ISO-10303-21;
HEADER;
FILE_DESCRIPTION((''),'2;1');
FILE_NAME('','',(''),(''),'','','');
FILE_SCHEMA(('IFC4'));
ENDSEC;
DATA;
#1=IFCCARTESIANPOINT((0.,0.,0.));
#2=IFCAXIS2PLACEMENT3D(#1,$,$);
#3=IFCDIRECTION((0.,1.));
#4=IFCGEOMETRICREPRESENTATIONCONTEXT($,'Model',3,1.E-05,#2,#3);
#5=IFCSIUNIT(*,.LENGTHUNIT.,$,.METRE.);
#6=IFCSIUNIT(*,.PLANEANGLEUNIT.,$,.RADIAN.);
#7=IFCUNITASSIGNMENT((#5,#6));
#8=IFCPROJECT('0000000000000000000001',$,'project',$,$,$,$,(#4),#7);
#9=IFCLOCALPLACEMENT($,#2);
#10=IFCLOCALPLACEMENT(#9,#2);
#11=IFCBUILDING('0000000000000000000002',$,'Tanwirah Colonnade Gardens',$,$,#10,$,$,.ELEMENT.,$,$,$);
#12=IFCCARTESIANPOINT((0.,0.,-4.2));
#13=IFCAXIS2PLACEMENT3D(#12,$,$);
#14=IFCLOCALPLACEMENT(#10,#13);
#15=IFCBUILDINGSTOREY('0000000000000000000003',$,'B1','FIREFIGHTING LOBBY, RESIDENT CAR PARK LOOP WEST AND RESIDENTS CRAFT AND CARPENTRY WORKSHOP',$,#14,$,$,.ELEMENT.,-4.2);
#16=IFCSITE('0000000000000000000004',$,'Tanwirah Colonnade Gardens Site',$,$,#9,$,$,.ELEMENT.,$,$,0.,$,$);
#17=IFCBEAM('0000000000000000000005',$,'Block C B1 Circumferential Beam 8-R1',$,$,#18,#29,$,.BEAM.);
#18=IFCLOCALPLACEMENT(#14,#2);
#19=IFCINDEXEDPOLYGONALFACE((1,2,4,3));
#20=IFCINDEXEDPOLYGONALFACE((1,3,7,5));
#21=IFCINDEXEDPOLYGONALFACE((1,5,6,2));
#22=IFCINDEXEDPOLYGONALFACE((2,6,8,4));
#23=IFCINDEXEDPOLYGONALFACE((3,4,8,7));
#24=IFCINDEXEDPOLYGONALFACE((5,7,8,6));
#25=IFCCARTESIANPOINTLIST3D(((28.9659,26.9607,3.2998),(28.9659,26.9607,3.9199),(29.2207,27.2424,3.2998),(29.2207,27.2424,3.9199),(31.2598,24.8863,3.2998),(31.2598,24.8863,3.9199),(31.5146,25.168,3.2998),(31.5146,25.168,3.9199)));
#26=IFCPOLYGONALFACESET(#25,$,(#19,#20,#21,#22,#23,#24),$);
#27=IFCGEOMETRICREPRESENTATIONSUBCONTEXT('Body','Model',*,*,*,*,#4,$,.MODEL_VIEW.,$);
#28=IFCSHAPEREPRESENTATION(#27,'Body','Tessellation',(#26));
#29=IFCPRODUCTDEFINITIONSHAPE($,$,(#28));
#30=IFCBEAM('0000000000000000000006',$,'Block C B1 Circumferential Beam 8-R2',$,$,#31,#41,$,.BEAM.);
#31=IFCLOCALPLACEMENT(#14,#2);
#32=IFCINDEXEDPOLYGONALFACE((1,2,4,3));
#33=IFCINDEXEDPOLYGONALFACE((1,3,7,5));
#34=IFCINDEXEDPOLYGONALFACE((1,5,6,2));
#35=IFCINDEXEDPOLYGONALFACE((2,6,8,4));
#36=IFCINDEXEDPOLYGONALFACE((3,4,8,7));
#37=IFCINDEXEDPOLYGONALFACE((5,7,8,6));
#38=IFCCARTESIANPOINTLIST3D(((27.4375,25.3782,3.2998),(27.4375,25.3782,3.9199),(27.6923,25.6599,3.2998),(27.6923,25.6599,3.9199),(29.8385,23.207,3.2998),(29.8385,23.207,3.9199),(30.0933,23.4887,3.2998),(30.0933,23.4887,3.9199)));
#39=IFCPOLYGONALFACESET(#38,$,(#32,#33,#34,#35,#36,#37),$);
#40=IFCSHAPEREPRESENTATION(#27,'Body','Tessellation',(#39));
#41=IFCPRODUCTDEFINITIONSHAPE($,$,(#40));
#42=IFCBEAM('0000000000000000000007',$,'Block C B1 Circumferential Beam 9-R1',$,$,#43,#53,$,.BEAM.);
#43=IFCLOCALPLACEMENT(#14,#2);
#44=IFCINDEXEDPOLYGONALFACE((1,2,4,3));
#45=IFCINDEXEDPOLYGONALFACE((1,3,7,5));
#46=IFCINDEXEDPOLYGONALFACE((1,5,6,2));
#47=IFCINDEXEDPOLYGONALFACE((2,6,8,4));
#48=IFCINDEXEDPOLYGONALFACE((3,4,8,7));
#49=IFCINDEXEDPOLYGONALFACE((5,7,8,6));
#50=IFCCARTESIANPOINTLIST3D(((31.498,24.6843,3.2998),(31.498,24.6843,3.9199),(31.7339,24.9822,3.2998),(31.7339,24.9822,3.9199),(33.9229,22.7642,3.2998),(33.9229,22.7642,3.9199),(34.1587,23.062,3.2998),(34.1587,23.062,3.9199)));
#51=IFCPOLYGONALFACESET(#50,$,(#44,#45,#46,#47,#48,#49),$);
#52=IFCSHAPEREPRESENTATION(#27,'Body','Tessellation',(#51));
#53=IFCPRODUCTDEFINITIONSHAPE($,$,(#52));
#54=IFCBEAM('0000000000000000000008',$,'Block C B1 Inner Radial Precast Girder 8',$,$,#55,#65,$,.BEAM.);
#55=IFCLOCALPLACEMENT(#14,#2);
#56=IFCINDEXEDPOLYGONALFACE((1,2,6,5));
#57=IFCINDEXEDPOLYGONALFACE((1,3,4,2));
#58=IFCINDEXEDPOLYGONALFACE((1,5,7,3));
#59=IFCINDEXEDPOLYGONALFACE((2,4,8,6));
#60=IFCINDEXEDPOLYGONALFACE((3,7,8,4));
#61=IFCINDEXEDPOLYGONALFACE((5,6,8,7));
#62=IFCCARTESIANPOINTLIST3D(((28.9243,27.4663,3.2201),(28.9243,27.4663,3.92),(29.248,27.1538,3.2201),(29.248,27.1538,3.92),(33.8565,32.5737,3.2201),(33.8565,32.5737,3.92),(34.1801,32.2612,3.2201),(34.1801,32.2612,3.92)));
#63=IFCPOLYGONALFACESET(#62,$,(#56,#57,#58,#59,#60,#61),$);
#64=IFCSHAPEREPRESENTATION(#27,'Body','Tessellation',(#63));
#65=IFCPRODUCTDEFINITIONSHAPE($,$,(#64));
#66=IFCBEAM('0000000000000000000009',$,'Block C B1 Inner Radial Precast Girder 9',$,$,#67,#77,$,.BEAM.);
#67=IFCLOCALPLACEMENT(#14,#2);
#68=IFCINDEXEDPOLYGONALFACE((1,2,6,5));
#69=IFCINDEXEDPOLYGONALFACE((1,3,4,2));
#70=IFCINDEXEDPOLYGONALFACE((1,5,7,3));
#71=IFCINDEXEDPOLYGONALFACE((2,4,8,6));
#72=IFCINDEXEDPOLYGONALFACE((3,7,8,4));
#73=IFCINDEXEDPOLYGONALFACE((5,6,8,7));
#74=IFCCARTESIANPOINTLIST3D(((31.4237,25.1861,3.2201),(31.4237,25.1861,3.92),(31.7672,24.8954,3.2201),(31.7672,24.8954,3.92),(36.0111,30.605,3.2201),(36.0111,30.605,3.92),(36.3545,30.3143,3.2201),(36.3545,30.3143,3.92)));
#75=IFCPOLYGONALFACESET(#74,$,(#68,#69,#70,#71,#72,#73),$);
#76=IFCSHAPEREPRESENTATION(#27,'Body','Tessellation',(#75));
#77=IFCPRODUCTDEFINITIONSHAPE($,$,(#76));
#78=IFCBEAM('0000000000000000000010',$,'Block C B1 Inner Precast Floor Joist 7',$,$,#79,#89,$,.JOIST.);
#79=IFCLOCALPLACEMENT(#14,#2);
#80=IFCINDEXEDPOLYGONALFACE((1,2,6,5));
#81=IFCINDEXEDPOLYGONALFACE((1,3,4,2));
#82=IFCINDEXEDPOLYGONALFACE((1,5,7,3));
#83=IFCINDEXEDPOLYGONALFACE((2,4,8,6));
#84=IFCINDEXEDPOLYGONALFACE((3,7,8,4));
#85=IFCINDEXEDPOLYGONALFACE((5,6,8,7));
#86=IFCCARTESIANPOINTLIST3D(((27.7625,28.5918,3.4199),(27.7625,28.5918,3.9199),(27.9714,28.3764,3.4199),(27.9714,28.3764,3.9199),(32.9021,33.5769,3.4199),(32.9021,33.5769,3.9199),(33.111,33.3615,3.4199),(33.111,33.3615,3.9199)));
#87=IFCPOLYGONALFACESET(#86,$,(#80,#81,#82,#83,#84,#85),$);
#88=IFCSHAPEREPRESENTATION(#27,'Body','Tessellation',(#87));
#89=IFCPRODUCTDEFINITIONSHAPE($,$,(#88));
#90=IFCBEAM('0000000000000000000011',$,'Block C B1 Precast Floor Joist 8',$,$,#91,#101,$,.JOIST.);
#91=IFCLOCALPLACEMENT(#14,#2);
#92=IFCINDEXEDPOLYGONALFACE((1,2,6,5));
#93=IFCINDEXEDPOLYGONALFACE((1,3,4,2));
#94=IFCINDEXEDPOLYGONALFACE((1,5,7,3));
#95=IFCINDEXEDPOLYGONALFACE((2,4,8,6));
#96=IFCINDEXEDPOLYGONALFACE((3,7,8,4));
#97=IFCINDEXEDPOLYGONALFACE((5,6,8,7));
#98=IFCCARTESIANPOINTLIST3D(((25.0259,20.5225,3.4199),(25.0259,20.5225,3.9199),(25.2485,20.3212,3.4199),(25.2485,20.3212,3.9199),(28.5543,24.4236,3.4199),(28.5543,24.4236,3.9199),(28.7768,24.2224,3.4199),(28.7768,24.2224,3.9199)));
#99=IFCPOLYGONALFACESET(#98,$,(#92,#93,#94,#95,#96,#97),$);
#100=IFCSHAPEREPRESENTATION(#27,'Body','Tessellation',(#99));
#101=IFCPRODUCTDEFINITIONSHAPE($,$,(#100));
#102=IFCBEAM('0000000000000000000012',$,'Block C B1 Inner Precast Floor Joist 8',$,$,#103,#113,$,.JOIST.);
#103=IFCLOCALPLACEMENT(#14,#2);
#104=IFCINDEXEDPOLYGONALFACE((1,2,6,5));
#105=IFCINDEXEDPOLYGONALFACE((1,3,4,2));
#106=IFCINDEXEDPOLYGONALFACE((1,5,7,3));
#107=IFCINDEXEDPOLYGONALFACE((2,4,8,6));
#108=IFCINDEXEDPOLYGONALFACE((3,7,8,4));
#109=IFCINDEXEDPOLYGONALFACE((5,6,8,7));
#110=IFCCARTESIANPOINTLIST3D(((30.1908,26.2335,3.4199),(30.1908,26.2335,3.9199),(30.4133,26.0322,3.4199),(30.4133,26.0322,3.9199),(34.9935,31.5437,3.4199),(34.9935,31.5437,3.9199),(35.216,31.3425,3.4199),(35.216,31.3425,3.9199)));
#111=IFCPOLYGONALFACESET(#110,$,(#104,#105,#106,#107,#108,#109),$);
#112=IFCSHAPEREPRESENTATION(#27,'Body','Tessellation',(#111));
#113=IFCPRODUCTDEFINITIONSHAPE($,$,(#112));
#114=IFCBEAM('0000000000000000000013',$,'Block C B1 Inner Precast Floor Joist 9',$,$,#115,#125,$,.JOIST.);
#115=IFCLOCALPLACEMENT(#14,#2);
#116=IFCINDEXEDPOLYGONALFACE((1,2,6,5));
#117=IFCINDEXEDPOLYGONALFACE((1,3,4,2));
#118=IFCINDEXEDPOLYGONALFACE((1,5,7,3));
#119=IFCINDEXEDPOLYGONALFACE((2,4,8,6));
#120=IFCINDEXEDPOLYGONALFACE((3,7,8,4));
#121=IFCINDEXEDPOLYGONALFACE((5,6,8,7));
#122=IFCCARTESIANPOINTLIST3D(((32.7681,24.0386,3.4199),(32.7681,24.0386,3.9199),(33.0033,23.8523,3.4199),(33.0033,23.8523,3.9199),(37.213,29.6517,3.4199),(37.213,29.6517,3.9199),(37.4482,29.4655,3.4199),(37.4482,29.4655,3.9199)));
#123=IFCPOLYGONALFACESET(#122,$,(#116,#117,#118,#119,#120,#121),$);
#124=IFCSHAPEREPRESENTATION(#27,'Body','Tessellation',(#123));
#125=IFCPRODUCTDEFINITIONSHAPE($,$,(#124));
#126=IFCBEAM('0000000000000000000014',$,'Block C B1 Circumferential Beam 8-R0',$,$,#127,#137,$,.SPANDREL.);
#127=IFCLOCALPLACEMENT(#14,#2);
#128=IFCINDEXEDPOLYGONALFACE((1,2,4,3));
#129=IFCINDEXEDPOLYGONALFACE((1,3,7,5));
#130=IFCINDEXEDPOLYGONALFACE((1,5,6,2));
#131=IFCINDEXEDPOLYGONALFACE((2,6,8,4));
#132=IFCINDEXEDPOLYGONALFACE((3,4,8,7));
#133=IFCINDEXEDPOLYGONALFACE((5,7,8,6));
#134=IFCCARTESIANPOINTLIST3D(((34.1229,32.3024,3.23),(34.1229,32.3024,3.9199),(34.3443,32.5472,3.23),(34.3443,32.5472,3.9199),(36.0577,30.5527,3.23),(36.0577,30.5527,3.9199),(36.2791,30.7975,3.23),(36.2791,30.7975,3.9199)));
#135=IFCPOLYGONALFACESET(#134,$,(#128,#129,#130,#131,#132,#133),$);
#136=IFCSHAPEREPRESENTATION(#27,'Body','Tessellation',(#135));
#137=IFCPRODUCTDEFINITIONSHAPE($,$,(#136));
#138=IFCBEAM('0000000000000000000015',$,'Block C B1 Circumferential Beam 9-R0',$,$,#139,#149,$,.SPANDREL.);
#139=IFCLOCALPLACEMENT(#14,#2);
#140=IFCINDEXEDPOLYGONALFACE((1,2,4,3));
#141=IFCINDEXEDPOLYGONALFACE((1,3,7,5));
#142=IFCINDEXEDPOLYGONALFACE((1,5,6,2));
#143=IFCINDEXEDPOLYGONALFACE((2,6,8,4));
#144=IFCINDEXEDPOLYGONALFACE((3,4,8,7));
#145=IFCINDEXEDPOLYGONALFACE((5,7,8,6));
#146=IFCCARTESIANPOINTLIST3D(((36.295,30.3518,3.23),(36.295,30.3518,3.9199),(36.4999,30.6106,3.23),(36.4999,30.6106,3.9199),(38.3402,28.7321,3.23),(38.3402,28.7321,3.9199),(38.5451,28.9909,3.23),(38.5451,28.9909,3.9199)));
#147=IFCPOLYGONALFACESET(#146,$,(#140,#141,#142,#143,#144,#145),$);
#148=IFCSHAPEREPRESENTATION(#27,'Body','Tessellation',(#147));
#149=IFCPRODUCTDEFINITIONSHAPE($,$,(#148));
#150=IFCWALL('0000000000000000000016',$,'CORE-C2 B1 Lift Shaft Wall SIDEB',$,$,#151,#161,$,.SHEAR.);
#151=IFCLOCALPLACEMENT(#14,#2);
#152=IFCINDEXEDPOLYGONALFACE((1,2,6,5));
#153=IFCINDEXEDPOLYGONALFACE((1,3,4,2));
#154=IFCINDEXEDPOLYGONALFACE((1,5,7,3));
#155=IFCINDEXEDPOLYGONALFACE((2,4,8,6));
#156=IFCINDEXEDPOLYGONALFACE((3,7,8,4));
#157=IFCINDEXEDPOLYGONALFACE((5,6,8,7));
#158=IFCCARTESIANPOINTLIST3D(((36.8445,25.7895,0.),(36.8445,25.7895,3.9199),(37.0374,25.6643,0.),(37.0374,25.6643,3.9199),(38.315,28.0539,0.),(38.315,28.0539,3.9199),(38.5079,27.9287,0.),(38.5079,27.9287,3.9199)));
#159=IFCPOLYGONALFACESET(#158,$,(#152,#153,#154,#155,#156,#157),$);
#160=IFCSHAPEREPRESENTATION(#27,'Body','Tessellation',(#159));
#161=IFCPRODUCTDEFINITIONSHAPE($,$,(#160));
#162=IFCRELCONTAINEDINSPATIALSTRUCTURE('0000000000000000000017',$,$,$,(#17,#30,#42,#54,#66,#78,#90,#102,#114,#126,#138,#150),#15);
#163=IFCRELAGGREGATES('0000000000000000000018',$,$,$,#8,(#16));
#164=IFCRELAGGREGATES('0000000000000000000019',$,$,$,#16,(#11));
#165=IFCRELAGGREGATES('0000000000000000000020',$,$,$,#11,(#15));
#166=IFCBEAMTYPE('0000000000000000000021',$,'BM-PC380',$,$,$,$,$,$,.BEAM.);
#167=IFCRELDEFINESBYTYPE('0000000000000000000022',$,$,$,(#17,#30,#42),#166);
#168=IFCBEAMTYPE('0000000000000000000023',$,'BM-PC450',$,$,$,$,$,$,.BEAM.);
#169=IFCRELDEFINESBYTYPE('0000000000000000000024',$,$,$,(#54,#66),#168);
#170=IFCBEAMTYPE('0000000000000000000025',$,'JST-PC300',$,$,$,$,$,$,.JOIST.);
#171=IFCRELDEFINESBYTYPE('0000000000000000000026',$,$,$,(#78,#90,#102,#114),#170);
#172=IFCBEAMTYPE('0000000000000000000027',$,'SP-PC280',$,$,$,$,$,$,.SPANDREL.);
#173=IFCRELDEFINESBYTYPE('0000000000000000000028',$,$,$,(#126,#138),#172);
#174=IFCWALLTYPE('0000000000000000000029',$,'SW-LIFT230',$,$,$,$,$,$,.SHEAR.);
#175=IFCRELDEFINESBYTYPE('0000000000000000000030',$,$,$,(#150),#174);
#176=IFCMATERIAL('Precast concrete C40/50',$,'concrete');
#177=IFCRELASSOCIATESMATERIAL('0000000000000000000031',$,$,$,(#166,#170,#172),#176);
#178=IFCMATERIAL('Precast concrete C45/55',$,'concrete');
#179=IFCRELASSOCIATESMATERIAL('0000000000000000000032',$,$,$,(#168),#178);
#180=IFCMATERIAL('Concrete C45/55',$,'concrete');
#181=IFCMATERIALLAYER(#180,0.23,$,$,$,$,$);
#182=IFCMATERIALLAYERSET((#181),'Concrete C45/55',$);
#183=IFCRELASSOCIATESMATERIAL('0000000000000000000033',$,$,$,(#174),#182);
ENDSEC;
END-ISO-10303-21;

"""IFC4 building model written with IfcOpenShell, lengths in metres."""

from ifc_helpers import new_model, si_unit, direction, frame, frame_2d, origin, origin_2d, place, context, subcontext, project, spatial, rectangle, extrude, material, layer, layer_set, material_profile, profile_set, type_object, element, save


model = new_model("IFC4")

# Units and contexts
model_context = context("Model", 3, precision=1e-05, world=origin(), true_north=direction((0.0, 1.0)))
body_context = subcontext(model_context, "Body", "Model", "MODEL_VIEW")
ifc_project = project(units=[si_unit("LENGTHUNIT", "METRE"), si_unit("PLANEANGLEUNIT", "RADIAN")], contexts=[model_context])

# Site, building, storey
site_placement = place(None, origin())
site = spatial("IfcSite", under=ifc_project, at=site_placement, Name="Tanwirah Colonnade Gardens Site", CompositionType="ELEMENT", RefElevation=0.0)
building_placement = place(site_placement, origin())
building = spatial("IfcBuilding", under=site, at=building_placement, Name="Tanwirah Colonnade Gardens", CompositionType="ELEMENT")
storey_placement = place(building_placement, frame((0.0, 0.0, -4.2)))
storey = spatial("IfcBuildingStorey", under=building, at=storey_placement, Name="B1", Description="FIREFIGHTING LOBBY, RESIDENT CAR PARK LOOP WEST AND RESIDENTS CRAFT AND CARPENTRY WORKSHOP", CompositionType="ELEMENT", Elevation=-4.2)

# Shared definitions
ifc_material_1 = material(Name="Concrete C45/55", Category="concrete")

# Beams
ifc_material_2 = material(Name="Precast concrete C40/50", Category="concrete")
ifc_material_profile_1 = material_profile(ifc_material_2, rectangle(XDim=0.3799, YDim=0.6201, at=origin_2d()), Name="PC-BM 380x620")
ifc_profile_set_1 = profile_set([ifc_material_profile_1], Name="Precast concrete C40/50")
beam_type_1 = type_object("IfcBeamType", Name="BM-PC380", PredefinedType="BEAM", material=ifc_profile_set_1)
beam_1_placement = place(storey_placement, frame((29.0933, 27.1016, 3.6099), z_axis=(0.741698, -0.670733, 0.0), x_axis=(0.670733, 0.741698, 0.0)))
element("IfcBeam", 1, at=beam_1_placement, inside=storey, type_object=beam_type_1, Name="Block C B1 Circumferential Beam 8-R1", PredefinedType="BEAM", context=body_context, shape_type="SweptSolid", body=[
    extrude(rectangle(XDim=0.3799, YDim=0.6201, at=origin_2d()), origin(), (0.0, 0.0, 1.0), 3.0928),
])
beam_2_placement = place(storey_placement, frame((27.5649, 25.519, 3.6099), z_axis=(0.741702, -0.67073, 0.0), x_axis=(0.67073, 0.741702, 0.0)))
element("IfcBeam", 2, at=beam_2_placement, inside=storey, type_object=beam_type_1, Name="Block C B1 Circumferential Beam 8-R2", PredefinedType="BEAM", context=body_context, shape_type="SweptSolid", body=[
    extrude(rectangle(XDim=0.3799, YDim=0.6201, at=origin_2d()), origin(), (0.0, 0.0, 1.0), 3.2371),
])
beam_3_placement = place(storey_placement, frame((31.616, 24.8333, 3.6099), z_axis=(0.783963, -0.620808, 0.0), x_axis=(0.620808, 0.783963, 0.0)))
element("IfcBeam", 3, at=beam_3_placement, inside=storey, type_object=beam_type_1, Name="Block C B1 Circumferential Beam 9-R1", PredefinedType="BEAM", context=body_context, shape_type="SweptSolid", body=[
    extrude(rectangle(XDim=0.3799, YDim=0.6201, at=origin_2d()), origin(), (0.0, 0.0, 1.0), 3.093),
])
ifc_material_3 = material(Name="Precast concrete C45/55", Category="concrete")
ifc_material_profile_2 = material_profile(ifc_material_3, rectangle(XDim=0.45, YDim=0.7, at=origin_2d()), Name="PC-BM 450x700")
ifc_profile_set_2 = profile_set([ifc_material_profile_2], Name="Precast concrete C45/55")
beam_type_2 = type_object("IfcBeamType", Name="BM-PC450", PredefinedType="BEAM", material=ifc_profile_set_2)
beam_4_placement = place(storey_placement, frame((29.0862, 27.3101, 3.5701), z_axis=(0.694655, 0.719343, 0.0), x_axis=(-0.719343, 0.694655, 0.0)))
element("IfcBeam", 4, at=beam_4_placement, inside=storey, type_object=beam_type_2, Name="Block C B1 Inner Radial Precast Girder 8", PredefinedType="BEAM", context=body_context, shape_type="SweptSolid", body=[
    extrude(rectangle(XDim=0.45, YDim=0.7, at=origin_2d()), origin(), (0.0, 0.0, 1.0), 7.1001),
])
beam_5_placement = place(storey_placement, frame((31.5955, 25.0408, 3.5701), z_axis=(0.646118, 0.763238, 0.0), x_axis=(-0.763238, 0.646118, 0.0)))
element("IfcBeam", 5, at=beam_5_placement, inside=storey, type_object=beam_type_2, Name="Block C B1 Inner Radial Precast Girder 9", PredefinedType="BEAM", context=body_context, shape_type="SweptSolid", body=[
    extrude(rectangle(XDim=0.45, YDim=0.7, at=origin_2d()), origin(), (0.0, 0.0, 1.0), 7.0999),
])
ifc_material_profile_3 = material_profile(ifc_material_2, rectangle(XDim=0.3, YDim=0.5, at=origin_2d()), Name="PC-JST 300x500")
ifc_profile_set_3 = profile_set([ifc_material_profile_3], Name="Precast concrete C40/50")
beam_type_3 = type_object("IfcBeamType", Name="JST-PC300", PredefinedType="JOIST", material=ifc_profile_set_3)
beam_6_placement = place(storey_placement, frame((33.0066, 33.4692, 3.6699), z_axis=(-0.717816, -0.696233, 0.0), x_axis=(0.696233, -0.717816, 0.0)))
element("IfcBeam", 6, at=beam_6_placement, inside=storey, type_object=beam_type_3, Name="Block C B1 Inner Precast Floor Joist 7", PredefinedType="JOIST", context=body_context, shape_type="SweptSolid", body=[
    extrude(rectangle(XDim=0.3, YDim=0.5, at=origin_2d()), origin(), (0.0, 0.0, 1.0), 7.1602),
])
beam_7_placement = place(storey_placement, frame((28.6655, 24.323, 3.6699), z_axis=(-0.670781, -0.741656, 0.0), x_axis=(0.741656, -0.670781, 0.0)))
element("IfcBeam", 7, at=beam_7_placement, inside=storey, type_object=beam_type_3, Name="Block C B1 Precast Floor Joist 8", PredefinedType="JOIST", context=body_context, shape_type="SweptSolid", body=[
    extrude(rectangle(XDim=0.3, YDim=0.5, at=origin_2d()), origin(), (0.0, 0.0, 1.0), 5.26),
])
for number, where, z_axis, x_axis, name in (
    (8, (35.1047, 31.4431, 3.6699), (-0.670773, -0.741663, 0.0), (0.741663, -0.670773, 0.0), "Block C B1 Inner Precast Floor Joist 8"),
    (9, (37.3306, 29.5586, 3.6699), (-0.620803, -0.783966, 0.0), (0.783966, -0.620803, 0.0), "Block C B1 Inner Precast Floor Joist 9"),
):
    element("IfcBeam", number, at=place(storey_placement, frame(where, z_axis=z_axis, x_axis=x_axis)), inside=storey, type_object=beam_type_3, Name=name, PredefinedType="JOIST", context=body_context, shape_type="SweptSolid", body=[
        extrude(rectangle(XDim=0.3, YDim=0.5, at=origin_2d()), origin(), (0.0, 0.0, 1.0), 7.1599),
    ])
ifc_material_profile_4 = material_profile(ifc_material_2, rectangle(XDim=0.3301, YDim=0.6899, at=origin_2d()), Name="PC-SP 330x690")
ifc_profile_set_4 = profile_set([ifc_material_profile_4], Name="Precast concrete C40/50")
beam_type_4 = type_object("IfcBeamType", Name="SP-PC280", PredefinedType="SPANDREL", material=ifc_profile_set_4)
beam_8_placement = place(storey_placement, frame((34.2336, 32.4248, 3.575), z_axis=(0.741687, -0.670747, 0.0), x_axis=(0.670747, 0.741687, 0.0)))
element("IfcBeam", 10, at=beam_8_placement, inside=storey, type_object=beam_type_4, Name="Block C B1 Circumferential Beam 8-R0", PredefinedType="SPANDREL", context=body_context, shape_type="SweptSolid", body=[
    extrude(rectangle(XDim=0.3301, YDim=0.6899, at=origin_2d()), origin(), (0.0, 0.0, 1.0), 2.6086),
])
beam_9_placement = place(storey_placement, frame((36.3975, 30.4812, 3.575), z_axis=(0.783945, -0.62083, 0.0), x_axis=(0.62083, 0.783945, 0.0)))
element("IfcBeam", 11, at=beam_9_placement, inside=storey, type_object=beam_type_4, Name="Block C B1 Circumferential Beam 9-R0", PredefinedType="SPANDREL", context=body_context, shape_type="SweptSolid", body=[
    extrude(rectangle(XDim=0.3301, YDim=0.6899, at=origin_2d()), origin(), (0.0, 0.0, 1.0), 2.6089),
])

# Wall
ifc_layer = layer(ifc_material_1, 0.23)
ifc_layer_set = layer_set([ifc_layer], Name="Concrete C45/55")
wall_type = type_object("IfcWallType", Name="SW-LIFT230", PredefinedType="SHEAR", material=ifc_layer_set)
wall_placement = place(storey_placement, frame((36.9409, 25.7268, 0.0), z_axis=(0.0, 0.0, 1.0), x_axis=(0.544623, 0.838681, 0.0)))
element("IfcWall", 12, at=wall_placement, inside=storey, type_object=wall_type, Name="CORE-C2 B1 Lift Shaft Wall SIDEB", PredefinedType="SHEAR", context=body_context, shape_type="SweptSolid", body=[
    extrude(rectangle(XDim=2.7, YDim=0.23, at=frame_2d((1.3501, 0.0))), origin(), (0.0, 0.0, 1.0), 3.9199),
])

save(model, "model.ifc")
